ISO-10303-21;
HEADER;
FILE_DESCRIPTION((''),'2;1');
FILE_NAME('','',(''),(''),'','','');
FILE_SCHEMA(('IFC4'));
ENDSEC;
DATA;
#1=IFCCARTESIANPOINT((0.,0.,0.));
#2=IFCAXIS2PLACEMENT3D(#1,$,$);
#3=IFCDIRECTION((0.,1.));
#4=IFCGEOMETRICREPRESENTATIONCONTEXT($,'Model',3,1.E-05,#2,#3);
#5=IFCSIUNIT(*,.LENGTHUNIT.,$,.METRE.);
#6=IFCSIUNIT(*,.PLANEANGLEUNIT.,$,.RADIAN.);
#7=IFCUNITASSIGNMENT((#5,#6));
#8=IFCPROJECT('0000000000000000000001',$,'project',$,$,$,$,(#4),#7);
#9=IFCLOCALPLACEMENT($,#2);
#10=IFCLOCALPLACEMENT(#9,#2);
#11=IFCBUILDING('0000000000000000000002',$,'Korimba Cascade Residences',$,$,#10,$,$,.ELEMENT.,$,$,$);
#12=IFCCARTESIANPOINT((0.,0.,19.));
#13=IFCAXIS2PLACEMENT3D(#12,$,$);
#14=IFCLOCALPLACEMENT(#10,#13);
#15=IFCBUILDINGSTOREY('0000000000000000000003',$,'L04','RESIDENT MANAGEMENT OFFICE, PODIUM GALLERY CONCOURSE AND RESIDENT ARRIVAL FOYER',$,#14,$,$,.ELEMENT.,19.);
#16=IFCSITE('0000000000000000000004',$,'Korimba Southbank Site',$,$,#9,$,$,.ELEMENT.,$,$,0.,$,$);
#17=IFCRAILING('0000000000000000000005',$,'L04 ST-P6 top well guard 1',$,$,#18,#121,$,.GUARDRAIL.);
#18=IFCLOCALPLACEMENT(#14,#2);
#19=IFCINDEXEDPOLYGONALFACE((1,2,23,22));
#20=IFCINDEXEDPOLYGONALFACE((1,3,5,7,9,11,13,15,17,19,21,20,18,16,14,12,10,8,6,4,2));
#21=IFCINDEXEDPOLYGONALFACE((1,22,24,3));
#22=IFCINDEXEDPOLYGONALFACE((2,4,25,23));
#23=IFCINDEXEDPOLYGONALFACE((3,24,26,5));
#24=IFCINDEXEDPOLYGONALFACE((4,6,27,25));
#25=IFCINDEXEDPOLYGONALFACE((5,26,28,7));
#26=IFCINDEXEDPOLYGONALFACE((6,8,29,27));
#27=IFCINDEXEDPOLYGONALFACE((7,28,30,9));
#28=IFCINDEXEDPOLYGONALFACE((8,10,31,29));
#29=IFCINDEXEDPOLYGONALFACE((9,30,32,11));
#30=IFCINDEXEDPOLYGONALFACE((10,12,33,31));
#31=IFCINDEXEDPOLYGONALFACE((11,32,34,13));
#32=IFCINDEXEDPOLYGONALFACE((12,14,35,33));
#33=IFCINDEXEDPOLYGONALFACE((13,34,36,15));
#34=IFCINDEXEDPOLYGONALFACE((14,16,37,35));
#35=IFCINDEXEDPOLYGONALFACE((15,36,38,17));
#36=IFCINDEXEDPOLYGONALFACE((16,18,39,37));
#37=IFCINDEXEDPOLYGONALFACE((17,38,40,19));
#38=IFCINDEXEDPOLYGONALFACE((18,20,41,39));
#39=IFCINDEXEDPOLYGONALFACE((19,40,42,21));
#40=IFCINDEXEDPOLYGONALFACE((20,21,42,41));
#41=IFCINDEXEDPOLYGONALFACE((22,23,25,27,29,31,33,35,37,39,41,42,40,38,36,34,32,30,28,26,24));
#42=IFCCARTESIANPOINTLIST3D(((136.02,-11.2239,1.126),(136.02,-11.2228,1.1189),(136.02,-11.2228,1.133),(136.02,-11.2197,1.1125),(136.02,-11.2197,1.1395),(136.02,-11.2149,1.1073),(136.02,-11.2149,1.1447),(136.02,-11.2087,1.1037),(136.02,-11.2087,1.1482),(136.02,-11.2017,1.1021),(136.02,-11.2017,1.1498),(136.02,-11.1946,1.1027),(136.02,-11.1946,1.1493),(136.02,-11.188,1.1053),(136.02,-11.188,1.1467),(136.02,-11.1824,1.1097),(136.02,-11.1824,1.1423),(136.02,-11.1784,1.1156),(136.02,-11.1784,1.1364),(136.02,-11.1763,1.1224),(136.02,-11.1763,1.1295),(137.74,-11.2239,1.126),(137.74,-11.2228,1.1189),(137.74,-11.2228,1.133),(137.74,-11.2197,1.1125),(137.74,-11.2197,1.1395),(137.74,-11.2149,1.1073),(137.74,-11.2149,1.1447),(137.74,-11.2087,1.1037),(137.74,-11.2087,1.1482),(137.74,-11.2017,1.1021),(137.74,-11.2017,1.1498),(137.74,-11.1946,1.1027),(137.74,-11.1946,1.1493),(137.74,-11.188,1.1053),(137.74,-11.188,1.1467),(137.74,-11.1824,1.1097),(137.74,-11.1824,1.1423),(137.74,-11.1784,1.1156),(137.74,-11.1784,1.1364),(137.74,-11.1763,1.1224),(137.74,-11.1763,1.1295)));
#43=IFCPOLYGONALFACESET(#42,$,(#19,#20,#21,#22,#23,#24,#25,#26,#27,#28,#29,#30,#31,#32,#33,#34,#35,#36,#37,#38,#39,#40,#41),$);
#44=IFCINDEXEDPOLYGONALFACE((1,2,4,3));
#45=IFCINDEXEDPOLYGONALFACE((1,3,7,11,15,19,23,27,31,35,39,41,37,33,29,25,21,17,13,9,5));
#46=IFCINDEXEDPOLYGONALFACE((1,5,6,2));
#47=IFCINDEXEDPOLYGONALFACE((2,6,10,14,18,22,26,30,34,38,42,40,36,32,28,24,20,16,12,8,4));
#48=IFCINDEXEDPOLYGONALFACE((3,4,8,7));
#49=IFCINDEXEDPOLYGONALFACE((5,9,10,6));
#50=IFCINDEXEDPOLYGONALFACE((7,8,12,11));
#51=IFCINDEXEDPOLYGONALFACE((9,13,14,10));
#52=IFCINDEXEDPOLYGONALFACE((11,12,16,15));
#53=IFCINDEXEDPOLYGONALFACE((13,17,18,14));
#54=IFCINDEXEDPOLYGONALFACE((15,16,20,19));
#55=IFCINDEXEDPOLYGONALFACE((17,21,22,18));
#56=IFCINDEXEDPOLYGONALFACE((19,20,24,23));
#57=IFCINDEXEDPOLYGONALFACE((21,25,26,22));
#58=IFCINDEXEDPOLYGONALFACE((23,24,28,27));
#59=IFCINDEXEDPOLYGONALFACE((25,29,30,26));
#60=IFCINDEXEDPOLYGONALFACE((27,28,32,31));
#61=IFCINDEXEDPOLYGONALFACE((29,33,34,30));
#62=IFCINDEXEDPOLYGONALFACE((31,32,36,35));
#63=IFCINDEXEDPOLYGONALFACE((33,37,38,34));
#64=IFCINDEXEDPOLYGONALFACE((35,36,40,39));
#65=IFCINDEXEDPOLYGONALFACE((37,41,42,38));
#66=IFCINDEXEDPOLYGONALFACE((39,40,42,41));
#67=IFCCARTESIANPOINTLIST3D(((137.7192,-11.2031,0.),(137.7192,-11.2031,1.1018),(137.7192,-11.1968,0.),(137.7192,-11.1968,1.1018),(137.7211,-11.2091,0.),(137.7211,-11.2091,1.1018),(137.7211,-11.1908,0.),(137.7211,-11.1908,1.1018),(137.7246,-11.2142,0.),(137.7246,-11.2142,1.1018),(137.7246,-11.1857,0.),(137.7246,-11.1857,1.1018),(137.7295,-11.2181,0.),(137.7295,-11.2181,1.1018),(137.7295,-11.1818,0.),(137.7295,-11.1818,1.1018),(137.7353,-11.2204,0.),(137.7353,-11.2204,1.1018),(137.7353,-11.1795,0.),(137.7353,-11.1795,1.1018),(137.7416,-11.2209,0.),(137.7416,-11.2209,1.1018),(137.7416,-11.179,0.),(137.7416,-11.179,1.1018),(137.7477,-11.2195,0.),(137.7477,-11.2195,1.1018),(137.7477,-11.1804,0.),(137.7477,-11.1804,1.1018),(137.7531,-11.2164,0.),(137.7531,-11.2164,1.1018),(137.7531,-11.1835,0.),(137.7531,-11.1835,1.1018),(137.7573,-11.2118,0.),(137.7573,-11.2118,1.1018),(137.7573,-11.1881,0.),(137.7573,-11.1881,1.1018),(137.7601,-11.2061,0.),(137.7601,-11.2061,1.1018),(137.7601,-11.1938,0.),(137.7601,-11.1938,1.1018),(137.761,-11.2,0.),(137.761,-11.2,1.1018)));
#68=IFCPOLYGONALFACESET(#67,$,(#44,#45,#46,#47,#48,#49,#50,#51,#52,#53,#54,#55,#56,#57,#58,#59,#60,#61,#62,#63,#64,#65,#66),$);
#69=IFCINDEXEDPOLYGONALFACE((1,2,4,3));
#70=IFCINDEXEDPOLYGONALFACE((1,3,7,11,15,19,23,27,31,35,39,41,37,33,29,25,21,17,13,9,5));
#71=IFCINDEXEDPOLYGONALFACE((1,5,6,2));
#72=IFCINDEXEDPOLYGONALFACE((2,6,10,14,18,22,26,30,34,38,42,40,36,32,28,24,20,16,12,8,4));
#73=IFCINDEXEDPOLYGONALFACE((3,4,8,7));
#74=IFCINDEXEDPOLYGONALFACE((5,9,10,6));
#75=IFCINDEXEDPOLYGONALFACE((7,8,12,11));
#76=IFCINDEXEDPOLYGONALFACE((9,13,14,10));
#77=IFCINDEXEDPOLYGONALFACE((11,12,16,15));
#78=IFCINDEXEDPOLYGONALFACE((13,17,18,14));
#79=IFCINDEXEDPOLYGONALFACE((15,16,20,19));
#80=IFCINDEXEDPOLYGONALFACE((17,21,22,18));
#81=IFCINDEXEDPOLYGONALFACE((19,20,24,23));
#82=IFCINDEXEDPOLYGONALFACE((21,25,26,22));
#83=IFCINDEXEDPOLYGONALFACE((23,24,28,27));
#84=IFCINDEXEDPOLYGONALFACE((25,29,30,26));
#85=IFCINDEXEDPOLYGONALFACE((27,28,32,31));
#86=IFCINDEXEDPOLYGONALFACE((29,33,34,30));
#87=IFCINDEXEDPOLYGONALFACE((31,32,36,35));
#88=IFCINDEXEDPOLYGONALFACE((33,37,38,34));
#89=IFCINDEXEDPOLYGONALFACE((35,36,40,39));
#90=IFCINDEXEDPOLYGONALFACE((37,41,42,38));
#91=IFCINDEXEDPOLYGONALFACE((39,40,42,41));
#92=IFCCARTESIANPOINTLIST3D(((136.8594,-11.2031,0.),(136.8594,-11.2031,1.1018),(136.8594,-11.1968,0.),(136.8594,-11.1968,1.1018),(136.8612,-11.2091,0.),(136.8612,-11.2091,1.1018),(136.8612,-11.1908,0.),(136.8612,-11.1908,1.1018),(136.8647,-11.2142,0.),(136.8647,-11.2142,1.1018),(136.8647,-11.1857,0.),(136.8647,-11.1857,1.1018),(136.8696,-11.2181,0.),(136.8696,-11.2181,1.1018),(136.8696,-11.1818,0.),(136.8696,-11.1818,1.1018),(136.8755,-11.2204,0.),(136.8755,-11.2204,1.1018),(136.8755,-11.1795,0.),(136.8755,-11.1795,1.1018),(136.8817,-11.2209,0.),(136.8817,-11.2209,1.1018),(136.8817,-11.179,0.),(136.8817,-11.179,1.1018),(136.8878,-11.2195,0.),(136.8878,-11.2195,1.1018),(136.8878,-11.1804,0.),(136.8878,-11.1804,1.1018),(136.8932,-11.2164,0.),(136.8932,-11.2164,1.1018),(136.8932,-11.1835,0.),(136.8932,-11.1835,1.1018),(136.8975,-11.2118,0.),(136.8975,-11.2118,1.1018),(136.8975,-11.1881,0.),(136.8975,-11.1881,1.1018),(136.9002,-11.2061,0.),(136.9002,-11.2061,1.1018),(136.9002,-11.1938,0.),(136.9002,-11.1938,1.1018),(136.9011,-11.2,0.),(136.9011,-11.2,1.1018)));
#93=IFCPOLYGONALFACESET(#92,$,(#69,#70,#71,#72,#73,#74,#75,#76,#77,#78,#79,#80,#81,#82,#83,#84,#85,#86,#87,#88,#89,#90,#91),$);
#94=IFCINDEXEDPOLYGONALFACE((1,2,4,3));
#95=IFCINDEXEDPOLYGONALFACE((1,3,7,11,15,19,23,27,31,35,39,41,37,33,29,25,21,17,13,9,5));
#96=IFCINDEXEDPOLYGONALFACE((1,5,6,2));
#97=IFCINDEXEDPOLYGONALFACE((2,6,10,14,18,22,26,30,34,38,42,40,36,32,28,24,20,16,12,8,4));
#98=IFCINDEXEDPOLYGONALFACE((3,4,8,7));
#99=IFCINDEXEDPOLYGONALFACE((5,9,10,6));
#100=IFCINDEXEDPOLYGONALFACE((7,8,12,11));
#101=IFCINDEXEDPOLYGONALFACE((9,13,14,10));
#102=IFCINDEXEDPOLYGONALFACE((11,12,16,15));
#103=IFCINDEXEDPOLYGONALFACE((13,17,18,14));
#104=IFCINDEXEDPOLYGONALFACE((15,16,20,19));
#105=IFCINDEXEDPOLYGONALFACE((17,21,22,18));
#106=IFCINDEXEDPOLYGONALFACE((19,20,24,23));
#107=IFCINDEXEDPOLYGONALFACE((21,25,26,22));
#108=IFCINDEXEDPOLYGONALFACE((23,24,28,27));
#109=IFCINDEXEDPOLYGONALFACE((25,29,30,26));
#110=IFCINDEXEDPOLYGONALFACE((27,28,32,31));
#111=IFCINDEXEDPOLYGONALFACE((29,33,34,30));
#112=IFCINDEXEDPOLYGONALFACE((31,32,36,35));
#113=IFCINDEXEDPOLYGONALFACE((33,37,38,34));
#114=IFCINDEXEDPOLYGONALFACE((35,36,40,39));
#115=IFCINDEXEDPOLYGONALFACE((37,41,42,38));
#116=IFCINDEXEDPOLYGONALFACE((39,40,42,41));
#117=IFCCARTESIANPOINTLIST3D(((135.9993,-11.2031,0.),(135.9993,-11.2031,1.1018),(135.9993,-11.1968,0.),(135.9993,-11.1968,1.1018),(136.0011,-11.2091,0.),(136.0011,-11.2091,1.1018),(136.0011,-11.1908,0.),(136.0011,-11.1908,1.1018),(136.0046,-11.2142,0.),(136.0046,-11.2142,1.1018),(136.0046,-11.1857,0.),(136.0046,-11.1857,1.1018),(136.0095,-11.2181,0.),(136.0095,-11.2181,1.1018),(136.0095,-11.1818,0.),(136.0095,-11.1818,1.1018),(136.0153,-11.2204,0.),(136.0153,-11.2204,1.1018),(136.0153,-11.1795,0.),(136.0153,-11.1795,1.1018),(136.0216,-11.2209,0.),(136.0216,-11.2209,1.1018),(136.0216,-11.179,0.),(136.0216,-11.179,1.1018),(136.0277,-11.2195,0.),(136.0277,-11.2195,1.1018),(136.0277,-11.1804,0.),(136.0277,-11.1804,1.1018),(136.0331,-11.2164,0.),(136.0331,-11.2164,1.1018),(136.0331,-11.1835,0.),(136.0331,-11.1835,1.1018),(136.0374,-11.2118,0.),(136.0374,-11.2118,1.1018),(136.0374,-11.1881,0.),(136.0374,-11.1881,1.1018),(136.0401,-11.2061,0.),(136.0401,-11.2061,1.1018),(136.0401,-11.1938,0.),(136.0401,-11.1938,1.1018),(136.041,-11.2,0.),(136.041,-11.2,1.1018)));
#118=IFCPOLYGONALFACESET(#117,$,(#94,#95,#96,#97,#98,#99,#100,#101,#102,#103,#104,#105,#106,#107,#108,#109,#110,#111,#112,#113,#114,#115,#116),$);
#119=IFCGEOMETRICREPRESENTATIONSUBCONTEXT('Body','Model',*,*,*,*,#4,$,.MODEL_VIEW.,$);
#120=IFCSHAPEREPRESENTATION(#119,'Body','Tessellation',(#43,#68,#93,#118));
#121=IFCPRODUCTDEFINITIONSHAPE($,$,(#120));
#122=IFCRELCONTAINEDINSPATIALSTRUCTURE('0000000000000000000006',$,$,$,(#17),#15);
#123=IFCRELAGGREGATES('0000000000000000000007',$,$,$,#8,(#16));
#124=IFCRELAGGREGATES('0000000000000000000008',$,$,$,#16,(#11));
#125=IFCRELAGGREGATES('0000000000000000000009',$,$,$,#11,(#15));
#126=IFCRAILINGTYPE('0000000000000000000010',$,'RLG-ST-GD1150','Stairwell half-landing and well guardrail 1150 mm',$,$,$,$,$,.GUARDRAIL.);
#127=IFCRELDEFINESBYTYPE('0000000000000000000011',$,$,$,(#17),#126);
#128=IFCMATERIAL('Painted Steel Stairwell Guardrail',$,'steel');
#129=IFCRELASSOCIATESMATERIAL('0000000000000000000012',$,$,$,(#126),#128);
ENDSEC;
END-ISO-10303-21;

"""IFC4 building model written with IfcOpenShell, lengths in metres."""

from ifc_helpers import new_model, si_unit, direction, frame, origin, origin_2d, place, context, subcontext, project, spatial, circle, extrude, material, type_object, element, save


model = new_model("IFC4")

# Units and contexts
model_context = context("Model", 3, precision=1e-05, world=origin(), true_north=direction((0.0, 1.0)))
body_context = subcontext(model_context, "Body", "Model", "MODEL_VIEW")
ifc_project = project(units=[si_unit("LENGTHUNIT", "METRE"), si_unit("PLANEANGLEUNIT", "RADIAN")], contexts=[model_context])

# Site, building, storey
site_placement = place(None, origin())
site = spatial("IfcSite", under=ifc_project, at=site_placement, Name="Korimba Southbank Site", CompositionType="ELEMENT", RefElevation=0.0)
building_placement = place(site_placement, origin())
building = spatial("IfcBuilding", under=site, at=building_placement, Name="Korimba Cascade Residences", CompositionType="ELEMENT")
storey_placement = place(building_placement, frame((0.0, 0.0, 19.0)))
storey = spatial("IfcBuildingStorey", under=building, at=storey_placement, Name="L04", Description="RESIDENT MANAGEMENT OFFICE, PODIUM GALLERY CONCOURSE AND RESIDENT ARRIVAL FOYER", CompositionType="ELEMENT", Elevation=19.0)

# Railing
ifc_material_1 = material(Name="Painted Steel Stairwell Guardrail", Category="steel")
railing_type_1 = type_object("IfcRailingType", Name="RLG-ST-GD1150", Description="Stairwell half-landing and well guardrail 1150 mm", PredefinedType="GUARDRAIL", material=ifc_material_1)
railing_1_placement = place(storey_placement, frame((137.74, -11.2, 0.0)))
element("IfcRailing", 1, at=railing_1_placement, inside=storey, type_object=railing_type_1, Name="L04 ST-P6 top well guard 1", PredefinedType="GUARDRAIL", context=body_context, shape_type="SweptSolid", body=[
    extrude(circle(Radius=0.0239, at=origin_2d()), frame((0.0, 0.0, 1.126), z_axis=(-1.0, 0.0, 0.0), x_axis=(0.0, -1.0, 0.0)), (0.0, 0.0, 1.0), 1.72),
    extrude(circle(Radius=0.021, at=origin_2d()), origin(), (0.0, 0.0, 1.0), 1.1018),
    extrude(circle(Radius=0.021, at=origin_2d()), frame((-0.8599, 0.0, 0.0)), (0.0, 0.0, 1.0), 1.1018),
    extrude(circle(Radius=0.021, at=origin_2d()), frame((-1.72, 0.0, 0.0)), (0.0, 0.0, 1.0), 1.1018),
])

save(model, "model.ifc")
